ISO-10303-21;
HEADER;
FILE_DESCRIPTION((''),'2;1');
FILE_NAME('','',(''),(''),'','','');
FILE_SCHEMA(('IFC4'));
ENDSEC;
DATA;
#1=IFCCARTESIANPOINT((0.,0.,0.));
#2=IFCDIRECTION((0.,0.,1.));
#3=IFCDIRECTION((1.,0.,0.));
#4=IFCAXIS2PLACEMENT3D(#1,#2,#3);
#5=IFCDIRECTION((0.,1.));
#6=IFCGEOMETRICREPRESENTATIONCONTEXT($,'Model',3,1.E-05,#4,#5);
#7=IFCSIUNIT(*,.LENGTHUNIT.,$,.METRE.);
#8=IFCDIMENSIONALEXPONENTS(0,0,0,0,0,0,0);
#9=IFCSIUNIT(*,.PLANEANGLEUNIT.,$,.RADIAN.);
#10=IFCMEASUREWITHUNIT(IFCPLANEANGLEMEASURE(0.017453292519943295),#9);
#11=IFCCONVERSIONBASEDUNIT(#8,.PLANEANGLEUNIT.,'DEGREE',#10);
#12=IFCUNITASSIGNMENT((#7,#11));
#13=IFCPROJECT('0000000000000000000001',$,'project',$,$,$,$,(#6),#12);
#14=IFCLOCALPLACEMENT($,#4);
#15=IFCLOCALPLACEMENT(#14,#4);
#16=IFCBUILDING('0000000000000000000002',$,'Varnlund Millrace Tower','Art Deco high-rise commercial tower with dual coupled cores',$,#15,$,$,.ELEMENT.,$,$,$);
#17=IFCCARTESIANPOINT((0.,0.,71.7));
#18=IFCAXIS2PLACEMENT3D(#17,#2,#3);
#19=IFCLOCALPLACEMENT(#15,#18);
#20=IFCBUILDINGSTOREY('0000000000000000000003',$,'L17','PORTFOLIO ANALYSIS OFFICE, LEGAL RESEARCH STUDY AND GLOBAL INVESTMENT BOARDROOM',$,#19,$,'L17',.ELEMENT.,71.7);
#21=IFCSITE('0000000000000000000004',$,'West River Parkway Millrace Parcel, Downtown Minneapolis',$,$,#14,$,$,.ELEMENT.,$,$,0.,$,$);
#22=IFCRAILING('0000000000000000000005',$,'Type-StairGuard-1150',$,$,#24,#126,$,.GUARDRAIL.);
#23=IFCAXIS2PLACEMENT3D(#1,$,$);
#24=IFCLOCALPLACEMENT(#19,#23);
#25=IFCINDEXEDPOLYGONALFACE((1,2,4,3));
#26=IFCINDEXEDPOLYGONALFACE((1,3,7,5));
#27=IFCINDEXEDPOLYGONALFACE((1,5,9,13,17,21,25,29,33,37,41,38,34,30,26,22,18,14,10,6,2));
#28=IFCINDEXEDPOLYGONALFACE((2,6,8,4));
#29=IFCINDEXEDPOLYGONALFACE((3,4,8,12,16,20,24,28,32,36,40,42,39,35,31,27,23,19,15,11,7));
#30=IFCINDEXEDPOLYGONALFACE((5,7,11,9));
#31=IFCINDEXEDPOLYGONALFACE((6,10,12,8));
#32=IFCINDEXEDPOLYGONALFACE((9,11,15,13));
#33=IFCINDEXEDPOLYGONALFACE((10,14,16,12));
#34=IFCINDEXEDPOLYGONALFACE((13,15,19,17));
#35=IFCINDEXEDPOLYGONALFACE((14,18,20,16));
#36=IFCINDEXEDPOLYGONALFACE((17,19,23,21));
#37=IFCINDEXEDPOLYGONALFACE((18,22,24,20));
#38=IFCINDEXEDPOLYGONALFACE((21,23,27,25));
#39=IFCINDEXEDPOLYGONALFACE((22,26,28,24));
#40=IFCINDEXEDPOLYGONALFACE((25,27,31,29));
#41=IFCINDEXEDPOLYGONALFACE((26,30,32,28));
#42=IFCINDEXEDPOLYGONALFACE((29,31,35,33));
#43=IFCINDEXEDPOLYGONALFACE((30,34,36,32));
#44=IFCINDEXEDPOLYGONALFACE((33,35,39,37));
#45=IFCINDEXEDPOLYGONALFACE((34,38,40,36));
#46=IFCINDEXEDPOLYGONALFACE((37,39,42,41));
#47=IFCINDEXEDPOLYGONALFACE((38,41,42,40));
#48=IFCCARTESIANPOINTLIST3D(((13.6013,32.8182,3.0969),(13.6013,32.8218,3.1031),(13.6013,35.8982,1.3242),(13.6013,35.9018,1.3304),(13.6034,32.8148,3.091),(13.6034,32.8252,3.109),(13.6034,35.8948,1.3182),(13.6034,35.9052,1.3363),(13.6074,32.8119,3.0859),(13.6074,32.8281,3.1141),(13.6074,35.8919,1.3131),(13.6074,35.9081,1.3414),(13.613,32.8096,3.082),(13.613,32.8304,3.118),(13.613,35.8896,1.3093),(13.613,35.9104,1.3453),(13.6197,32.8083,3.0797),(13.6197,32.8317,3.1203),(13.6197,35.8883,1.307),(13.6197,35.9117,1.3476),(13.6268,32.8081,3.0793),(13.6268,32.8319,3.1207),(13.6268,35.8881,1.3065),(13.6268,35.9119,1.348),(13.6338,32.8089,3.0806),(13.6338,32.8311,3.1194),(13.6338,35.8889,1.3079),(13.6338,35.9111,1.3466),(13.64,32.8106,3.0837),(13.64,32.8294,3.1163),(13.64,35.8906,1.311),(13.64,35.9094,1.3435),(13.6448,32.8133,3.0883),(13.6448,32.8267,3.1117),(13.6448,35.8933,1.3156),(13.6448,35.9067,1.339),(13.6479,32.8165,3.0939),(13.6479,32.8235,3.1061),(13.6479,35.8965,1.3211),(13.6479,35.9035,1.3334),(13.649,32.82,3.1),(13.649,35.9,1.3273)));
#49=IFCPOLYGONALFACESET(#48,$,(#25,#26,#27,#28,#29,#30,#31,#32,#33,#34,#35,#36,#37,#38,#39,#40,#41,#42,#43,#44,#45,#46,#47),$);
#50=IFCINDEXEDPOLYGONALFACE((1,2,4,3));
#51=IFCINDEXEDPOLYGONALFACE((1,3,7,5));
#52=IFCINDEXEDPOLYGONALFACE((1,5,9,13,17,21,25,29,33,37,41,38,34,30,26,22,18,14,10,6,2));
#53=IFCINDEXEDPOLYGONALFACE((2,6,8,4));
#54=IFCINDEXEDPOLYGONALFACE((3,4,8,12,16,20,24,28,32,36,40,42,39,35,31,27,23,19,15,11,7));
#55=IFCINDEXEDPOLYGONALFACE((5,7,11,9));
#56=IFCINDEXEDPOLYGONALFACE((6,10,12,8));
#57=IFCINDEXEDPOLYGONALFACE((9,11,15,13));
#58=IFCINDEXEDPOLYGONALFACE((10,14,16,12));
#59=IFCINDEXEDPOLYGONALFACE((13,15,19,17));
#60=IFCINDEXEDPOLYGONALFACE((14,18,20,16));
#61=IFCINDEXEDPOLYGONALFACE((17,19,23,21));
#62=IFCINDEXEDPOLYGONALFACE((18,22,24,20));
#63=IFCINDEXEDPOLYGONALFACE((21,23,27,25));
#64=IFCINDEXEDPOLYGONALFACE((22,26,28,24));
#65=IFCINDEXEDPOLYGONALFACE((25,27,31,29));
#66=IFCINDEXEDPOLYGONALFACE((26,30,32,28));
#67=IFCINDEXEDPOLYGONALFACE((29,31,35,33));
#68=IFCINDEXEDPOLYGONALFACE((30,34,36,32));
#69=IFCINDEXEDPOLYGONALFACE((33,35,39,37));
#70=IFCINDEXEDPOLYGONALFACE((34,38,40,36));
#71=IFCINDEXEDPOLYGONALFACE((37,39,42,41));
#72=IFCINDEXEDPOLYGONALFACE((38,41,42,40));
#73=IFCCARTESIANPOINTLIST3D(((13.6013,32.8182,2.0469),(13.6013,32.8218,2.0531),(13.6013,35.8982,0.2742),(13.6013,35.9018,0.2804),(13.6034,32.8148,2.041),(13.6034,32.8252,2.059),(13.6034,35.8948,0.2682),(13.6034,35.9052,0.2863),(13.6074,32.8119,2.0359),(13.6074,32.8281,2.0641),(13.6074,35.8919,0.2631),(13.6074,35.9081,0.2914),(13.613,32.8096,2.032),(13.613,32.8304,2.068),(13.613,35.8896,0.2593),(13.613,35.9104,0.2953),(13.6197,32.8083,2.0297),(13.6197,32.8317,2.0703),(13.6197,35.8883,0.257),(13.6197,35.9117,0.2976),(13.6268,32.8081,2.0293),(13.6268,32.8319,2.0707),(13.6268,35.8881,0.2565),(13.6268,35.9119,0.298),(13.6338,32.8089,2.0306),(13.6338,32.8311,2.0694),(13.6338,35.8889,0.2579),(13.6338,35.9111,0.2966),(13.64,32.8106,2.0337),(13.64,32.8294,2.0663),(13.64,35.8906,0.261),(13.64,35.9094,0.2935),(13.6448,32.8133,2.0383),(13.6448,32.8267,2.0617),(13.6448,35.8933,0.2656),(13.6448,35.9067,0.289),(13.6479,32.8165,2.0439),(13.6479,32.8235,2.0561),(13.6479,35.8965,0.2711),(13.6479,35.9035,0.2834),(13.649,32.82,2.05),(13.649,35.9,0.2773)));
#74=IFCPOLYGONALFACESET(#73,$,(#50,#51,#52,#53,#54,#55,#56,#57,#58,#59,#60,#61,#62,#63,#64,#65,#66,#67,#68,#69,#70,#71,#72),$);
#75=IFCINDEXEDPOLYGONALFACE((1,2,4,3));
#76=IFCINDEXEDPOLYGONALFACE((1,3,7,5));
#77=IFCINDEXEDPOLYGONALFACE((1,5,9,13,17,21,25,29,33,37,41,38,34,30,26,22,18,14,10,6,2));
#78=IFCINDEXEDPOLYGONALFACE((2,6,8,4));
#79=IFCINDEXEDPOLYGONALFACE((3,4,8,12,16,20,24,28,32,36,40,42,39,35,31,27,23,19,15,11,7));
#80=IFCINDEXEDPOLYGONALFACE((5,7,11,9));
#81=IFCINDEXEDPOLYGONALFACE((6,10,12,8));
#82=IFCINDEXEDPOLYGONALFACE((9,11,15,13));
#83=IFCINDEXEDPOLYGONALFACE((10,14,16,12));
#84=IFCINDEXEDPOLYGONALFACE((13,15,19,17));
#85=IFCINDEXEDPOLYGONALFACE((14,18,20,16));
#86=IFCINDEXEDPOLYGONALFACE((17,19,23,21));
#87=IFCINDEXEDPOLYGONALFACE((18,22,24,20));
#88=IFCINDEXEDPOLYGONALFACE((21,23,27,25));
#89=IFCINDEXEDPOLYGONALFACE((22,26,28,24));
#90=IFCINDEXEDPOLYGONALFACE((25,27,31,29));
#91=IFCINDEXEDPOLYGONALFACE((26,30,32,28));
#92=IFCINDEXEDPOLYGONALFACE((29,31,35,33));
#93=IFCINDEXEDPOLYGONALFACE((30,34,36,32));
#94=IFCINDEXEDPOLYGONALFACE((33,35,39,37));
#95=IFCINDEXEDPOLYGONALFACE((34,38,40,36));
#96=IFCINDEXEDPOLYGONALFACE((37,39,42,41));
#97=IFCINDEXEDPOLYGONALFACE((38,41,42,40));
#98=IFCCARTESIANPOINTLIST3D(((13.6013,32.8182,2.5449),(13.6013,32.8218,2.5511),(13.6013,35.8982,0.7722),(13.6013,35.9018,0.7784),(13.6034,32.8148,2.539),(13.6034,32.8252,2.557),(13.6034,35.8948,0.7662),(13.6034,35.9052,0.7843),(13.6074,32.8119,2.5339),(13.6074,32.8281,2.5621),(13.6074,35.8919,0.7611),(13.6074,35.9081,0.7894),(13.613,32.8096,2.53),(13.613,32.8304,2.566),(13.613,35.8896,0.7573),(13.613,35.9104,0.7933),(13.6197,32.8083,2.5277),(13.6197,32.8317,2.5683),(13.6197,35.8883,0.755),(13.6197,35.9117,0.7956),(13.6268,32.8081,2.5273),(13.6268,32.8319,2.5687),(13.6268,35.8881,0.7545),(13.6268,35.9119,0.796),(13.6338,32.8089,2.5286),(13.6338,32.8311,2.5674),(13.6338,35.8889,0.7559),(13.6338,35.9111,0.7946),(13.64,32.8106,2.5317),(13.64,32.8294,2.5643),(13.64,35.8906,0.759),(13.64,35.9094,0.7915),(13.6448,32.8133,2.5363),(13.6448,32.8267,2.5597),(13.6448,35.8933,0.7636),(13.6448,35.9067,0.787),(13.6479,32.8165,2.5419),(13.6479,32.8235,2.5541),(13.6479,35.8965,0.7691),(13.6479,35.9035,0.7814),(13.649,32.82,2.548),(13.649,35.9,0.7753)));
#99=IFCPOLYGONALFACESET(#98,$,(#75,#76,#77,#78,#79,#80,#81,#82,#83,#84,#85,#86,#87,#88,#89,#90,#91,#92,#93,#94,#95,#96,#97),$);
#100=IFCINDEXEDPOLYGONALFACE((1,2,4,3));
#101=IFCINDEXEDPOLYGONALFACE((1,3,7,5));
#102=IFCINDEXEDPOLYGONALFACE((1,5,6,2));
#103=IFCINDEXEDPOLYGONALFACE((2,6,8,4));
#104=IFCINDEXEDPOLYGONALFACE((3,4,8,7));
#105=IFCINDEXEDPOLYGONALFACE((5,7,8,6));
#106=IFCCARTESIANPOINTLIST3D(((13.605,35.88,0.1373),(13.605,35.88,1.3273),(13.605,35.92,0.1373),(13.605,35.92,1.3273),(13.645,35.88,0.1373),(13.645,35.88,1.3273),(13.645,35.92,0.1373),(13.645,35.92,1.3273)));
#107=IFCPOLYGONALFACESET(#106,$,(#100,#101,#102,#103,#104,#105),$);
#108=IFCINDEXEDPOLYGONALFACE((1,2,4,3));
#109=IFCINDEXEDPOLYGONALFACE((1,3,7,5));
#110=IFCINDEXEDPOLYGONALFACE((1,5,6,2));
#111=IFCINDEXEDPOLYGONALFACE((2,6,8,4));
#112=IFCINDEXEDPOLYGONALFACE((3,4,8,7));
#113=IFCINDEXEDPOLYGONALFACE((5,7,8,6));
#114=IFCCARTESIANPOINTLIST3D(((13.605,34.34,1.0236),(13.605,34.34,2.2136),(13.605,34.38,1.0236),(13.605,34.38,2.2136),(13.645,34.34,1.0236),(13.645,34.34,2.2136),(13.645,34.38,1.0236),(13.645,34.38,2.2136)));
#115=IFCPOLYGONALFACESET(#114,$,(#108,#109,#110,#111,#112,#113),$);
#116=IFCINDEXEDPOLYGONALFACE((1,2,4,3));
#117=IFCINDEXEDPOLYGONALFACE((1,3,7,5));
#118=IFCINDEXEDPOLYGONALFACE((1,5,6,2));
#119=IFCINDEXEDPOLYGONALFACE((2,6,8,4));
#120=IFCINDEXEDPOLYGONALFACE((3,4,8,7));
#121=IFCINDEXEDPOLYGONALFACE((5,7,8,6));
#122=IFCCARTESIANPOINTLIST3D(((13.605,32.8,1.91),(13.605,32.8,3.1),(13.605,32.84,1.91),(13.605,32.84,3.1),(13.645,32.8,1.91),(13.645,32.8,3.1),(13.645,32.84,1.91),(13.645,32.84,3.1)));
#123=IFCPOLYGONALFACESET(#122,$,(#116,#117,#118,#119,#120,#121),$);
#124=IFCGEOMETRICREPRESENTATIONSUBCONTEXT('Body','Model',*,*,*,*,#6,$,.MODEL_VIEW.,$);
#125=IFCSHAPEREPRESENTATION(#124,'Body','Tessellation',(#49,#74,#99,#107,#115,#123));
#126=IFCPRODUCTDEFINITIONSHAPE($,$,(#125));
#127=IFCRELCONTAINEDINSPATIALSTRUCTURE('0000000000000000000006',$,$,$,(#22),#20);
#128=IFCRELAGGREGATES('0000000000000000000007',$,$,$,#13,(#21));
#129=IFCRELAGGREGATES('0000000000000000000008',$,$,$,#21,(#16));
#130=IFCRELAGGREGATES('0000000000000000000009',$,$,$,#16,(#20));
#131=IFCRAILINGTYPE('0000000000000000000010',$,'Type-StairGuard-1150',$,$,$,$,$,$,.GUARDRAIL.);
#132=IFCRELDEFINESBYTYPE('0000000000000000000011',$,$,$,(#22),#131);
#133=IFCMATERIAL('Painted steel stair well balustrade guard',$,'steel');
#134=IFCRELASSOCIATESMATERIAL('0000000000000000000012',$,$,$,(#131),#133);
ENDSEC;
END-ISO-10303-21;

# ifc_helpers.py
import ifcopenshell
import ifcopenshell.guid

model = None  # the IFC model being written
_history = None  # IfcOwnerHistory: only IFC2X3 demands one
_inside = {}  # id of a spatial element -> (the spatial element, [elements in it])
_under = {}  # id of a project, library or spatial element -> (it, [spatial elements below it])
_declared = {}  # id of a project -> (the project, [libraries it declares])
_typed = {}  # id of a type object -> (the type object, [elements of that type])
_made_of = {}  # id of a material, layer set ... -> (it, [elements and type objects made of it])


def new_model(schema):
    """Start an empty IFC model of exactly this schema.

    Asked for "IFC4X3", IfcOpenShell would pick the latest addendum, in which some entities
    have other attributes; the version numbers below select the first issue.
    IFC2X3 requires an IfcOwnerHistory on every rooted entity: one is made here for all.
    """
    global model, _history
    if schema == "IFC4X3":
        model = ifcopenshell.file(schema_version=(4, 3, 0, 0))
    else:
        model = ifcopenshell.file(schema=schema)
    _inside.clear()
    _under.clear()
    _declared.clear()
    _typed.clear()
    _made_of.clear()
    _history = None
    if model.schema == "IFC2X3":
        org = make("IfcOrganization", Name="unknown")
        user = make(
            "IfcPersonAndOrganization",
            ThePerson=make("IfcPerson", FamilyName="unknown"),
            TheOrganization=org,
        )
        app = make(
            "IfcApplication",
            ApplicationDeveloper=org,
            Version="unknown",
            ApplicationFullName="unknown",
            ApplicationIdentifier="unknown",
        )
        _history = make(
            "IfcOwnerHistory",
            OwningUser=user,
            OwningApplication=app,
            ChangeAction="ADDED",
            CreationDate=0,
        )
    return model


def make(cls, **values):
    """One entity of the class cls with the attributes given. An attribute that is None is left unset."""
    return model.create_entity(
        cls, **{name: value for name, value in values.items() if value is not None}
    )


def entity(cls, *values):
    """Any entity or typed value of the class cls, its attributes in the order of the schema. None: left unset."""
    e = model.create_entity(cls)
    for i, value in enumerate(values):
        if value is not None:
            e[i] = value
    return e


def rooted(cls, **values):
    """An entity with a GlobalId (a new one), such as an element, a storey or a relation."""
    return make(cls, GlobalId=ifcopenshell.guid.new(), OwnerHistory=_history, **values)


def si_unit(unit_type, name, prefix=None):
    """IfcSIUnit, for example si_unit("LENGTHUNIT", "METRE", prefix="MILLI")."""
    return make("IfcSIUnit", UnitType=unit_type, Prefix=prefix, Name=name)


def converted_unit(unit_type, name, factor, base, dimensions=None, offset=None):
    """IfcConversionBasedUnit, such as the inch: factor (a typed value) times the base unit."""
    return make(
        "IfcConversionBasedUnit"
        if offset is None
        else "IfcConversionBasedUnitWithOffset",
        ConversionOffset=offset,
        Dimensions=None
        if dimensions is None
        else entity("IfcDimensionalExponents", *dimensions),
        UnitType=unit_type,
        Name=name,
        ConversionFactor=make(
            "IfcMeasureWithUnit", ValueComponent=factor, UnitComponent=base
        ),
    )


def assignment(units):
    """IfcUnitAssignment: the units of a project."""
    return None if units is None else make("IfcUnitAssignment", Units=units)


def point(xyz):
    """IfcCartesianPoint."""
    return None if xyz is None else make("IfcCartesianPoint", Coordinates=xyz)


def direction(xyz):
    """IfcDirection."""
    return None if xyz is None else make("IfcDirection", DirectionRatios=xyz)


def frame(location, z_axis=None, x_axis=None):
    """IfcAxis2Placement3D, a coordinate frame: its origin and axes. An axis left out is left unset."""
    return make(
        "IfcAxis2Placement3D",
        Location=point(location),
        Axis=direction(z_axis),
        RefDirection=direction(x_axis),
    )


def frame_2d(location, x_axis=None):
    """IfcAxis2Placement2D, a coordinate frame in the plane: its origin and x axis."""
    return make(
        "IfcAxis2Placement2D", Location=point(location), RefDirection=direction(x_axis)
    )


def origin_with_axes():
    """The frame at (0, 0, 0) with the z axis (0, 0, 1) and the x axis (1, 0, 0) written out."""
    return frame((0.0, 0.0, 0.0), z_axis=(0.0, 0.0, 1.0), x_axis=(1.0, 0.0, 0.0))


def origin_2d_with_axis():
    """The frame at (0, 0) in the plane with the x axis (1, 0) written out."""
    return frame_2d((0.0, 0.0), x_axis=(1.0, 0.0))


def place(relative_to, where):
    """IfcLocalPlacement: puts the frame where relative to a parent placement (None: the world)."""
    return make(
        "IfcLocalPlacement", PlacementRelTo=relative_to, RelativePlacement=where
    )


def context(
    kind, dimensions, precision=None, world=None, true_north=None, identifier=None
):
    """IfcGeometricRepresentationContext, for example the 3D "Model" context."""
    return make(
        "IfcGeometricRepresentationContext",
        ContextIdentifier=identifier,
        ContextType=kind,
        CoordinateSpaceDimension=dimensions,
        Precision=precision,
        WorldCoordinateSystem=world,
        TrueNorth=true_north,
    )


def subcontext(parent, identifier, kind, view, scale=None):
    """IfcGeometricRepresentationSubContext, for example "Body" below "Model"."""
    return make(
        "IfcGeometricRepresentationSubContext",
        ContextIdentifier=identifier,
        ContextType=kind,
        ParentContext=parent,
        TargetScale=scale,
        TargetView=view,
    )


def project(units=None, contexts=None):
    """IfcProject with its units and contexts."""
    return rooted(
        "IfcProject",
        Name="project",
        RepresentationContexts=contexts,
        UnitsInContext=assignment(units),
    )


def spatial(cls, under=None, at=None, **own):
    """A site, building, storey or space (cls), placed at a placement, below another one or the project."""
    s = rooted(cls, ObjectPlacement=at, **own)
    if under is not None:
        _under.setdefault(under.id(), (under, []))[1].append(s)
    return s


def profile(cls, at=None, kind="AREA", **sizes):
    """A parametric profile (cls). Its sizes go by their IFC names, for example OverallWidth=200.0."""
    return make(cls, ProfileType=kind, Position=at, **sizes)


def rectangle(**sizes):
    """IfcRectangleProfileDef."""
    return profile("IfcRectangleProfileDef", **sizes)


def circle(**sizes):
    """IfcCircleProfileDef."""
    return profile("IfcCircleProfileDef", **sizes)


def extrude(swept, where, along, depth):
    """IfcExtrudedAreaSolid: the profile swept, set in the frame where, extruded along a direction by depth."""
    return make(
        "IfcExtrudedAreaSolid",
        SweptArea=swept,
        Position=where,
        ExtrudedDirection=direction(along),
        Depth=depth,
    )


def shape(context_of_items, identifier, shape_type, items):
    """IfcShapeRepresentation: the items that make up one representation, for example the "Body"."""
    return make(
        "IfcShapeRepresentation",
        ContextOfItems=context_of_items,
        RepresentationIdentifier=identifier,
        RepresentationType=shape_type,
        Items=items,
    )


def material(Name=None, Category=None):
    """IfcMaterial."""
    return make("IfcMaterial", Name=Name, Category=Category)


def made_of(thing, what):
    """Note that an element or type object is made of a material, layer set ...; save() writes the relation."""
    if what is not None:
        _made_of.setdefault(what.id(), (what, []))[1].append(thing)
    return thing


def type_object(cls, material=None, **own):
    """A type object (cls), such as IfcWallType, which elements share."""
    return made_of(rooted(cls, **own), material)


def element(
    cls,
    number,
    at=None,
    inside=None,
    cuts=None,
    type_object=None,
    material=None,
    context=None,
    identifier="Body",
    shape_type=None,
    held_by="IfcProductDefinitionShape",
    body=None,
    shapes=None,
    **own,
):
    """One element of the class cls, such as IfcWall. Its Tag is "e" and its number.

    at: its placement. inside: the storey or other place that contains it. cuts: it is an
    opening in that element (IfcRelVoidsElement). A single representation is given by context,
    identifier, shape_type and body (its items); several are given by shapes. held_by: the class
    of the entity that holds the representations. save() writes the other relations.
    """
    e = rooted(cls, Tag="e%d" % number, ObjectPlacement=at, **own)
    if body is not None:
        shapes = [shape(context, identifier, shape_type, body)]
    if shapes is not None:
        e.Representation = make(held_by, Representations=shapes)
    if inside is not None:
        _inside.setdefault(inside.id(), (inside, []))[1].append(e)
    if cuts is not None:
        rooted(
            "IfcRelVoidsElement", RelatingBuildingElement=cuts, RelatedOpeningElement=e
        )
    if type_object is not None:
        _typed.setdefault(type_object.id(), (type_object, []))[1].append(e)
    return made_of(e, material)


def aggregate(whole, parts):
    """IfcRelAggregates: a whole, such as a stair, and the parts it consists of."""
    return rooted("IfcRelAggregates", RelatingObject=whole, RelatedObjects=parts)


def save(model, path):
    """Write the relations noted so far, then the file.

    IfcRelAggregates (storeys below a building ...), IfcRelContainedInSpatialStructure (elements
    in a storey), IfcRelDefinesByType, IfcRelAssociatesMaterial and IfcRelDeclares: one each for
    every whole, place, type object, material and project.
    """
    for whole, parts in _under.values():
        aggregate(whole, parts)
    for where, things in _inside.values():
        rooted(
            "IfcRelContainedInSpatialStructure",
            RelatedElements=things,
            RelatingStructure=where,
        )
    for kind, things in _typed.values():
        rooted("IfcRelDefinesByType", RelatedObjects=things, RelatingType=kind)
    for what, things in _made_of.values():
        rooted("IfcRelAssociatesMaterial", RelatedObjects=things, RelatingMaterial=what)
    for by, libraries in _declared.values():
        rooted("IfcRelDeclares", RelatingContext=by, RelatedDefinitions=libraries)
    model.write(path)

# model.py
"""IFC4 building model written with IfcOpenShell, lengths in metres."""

from ifc_helpers import new_model, entity, si_unit, converted_unit, direction, frame, origin_with_axes, origin_2d_with_axis, place, context, subcontext, project, spatial, rectangle, circle, extrude, material, type_object, element, save


model = new_model("IFC4")

# Units and contexts
model_context = context("Model", 3, precision=1e-05, world=origin_with_axes(), true_north=direction((0.0, 1.0)))
body_context = subcontext(model_context, "Body", "Model", "MODEL_VIEW")
ifc_project = project(units=[si_unit("LENGTHUNIT", "METRE"), converted_unit("PLANEANGLEUNIT", "DEGREE", entity("IfcPlaneAngleMeasure", 0.017453292519943295), si_unit("PLANEANGLEUNIT", "RADIAN"), dimensions=[0, 0, 0, 0, 0, 0, 0])], contexts=[model_context])

# Site, building, storey
site_placement = place(None, origin_with_axes())
site = spatial("IfcSite", under=ifc_project, at=site_placement, Name="West River Parkway Millrace Parcel, Downtown Minneapolis", CompositionType="ELEMENT", RefElevation=0.0)
building_placement = place(site_placement, origin_with_axes())
building = spatial("IfcBuilding", under=site, at=building_placement, Name="Varnlund Millrace Tower", Description="Art Deco high-rise commercial tower with dual coupled cores", CompositionType="ELEMENT")
storey_placement = place(building_placement, frame((0.0, 0.0, 71.7), z_axis=(0.0, 0.0, 1.0), x_axis=(1.0, 0.0, 0.0)))
storey = spatial("IfcBuildingStorey", under=building, at=storey_placement, Name="L17", Description="PORTFOLIO ANALYSIS OFFICE, LEGAL RESEARCH STUDY AND GLOBAL INVESTMENT BOARDROOM", LongName="L17", CompositionType="ELEMENT", Elevation=71.7)

# Railing
ifc_material_1 = material(Name="Painted steel stair well balustrade guard", Category="steel")
railing_type_1 = type_object("IfcRailingType", Name="Type-StairGuard-1150", PredefinedType="GUARDRAIL", material=ifc_material_1)
railing_1_placement = place(storey_placement, frame((0.0, 0.0, -71.7), z_axis=(0.0, 0.0, 1.0), x_axis=(1.0, 0.0, 0.0)))
element("IfcRailing", 1, at=railing_1_placement, inside=storey, type_object=railing_type_1, Name="Type-StairGuard-1150", PredefinedType="GUARDRAIL", context=body_context, shape_type="SweptSolid", body=[
    extrude(circle(Radius=0.024, at=origin_2d_with_axis()), frame((13.625, 35.9, 73.0273), z_axis=(0.0, -0.866696, 0.498836), x_axis=(1.0, 0.0, 0.0)), (0.0, 0.0, 1.0), 3.5537),
    extrude(circle(Radius=0.024, at=origin_2d_with_axis()), frame((13.625, 35.9, 71.9773), z_axis=(0.0, -0.866696, 0.498836), x_axis=(1.0, 0.0, 0.0)), (0.0, 0.0, 1.0), 3.5537),
    extrude(circle(Radius=0.024, at=origin_2d_with_axis()), frame((13.625, 35.9, 72.4753), z_axis=(0.0, -0.866696, 0.498836), x_axis=(1.0, 0.0, 0.0)), (0.0, 0.0, 1.0), 3.5537),
    extrude(rectangle(XDim=0.04, YDim=0.04, at=origin_2d_with_axis()), frame((13.625, 35.9, 71.8373), z_axis=(0.0, 0.0, 1.0), x_axis=(1.0, 0.0, 0.0)), (0.0, 0.0, 1.0), 1.19),
    extrude(rectangle(XDim=0.04, YDim=0.04, at=origin_2d_with_axis()), frame((13.625, 34.36, 72.7236), z_axis=(0.0, 0.0, 1.0), x_axis=(1.0, 0.0, 0.0)), (0.0, 0.0, 1.0), 1.19),
    extrude(rectangle(XDim=0.04, YDim=0.04, at=origin_2d_with_axis()), frame((13.625, 32.82, 73.61), z_axis=(0.0, 0.0, 1.0), x_axis=(1.0, 0.0, 0.0)), (0.0, 0.0, 1.0), 1.19),
])

save(model, "model.ifc")
